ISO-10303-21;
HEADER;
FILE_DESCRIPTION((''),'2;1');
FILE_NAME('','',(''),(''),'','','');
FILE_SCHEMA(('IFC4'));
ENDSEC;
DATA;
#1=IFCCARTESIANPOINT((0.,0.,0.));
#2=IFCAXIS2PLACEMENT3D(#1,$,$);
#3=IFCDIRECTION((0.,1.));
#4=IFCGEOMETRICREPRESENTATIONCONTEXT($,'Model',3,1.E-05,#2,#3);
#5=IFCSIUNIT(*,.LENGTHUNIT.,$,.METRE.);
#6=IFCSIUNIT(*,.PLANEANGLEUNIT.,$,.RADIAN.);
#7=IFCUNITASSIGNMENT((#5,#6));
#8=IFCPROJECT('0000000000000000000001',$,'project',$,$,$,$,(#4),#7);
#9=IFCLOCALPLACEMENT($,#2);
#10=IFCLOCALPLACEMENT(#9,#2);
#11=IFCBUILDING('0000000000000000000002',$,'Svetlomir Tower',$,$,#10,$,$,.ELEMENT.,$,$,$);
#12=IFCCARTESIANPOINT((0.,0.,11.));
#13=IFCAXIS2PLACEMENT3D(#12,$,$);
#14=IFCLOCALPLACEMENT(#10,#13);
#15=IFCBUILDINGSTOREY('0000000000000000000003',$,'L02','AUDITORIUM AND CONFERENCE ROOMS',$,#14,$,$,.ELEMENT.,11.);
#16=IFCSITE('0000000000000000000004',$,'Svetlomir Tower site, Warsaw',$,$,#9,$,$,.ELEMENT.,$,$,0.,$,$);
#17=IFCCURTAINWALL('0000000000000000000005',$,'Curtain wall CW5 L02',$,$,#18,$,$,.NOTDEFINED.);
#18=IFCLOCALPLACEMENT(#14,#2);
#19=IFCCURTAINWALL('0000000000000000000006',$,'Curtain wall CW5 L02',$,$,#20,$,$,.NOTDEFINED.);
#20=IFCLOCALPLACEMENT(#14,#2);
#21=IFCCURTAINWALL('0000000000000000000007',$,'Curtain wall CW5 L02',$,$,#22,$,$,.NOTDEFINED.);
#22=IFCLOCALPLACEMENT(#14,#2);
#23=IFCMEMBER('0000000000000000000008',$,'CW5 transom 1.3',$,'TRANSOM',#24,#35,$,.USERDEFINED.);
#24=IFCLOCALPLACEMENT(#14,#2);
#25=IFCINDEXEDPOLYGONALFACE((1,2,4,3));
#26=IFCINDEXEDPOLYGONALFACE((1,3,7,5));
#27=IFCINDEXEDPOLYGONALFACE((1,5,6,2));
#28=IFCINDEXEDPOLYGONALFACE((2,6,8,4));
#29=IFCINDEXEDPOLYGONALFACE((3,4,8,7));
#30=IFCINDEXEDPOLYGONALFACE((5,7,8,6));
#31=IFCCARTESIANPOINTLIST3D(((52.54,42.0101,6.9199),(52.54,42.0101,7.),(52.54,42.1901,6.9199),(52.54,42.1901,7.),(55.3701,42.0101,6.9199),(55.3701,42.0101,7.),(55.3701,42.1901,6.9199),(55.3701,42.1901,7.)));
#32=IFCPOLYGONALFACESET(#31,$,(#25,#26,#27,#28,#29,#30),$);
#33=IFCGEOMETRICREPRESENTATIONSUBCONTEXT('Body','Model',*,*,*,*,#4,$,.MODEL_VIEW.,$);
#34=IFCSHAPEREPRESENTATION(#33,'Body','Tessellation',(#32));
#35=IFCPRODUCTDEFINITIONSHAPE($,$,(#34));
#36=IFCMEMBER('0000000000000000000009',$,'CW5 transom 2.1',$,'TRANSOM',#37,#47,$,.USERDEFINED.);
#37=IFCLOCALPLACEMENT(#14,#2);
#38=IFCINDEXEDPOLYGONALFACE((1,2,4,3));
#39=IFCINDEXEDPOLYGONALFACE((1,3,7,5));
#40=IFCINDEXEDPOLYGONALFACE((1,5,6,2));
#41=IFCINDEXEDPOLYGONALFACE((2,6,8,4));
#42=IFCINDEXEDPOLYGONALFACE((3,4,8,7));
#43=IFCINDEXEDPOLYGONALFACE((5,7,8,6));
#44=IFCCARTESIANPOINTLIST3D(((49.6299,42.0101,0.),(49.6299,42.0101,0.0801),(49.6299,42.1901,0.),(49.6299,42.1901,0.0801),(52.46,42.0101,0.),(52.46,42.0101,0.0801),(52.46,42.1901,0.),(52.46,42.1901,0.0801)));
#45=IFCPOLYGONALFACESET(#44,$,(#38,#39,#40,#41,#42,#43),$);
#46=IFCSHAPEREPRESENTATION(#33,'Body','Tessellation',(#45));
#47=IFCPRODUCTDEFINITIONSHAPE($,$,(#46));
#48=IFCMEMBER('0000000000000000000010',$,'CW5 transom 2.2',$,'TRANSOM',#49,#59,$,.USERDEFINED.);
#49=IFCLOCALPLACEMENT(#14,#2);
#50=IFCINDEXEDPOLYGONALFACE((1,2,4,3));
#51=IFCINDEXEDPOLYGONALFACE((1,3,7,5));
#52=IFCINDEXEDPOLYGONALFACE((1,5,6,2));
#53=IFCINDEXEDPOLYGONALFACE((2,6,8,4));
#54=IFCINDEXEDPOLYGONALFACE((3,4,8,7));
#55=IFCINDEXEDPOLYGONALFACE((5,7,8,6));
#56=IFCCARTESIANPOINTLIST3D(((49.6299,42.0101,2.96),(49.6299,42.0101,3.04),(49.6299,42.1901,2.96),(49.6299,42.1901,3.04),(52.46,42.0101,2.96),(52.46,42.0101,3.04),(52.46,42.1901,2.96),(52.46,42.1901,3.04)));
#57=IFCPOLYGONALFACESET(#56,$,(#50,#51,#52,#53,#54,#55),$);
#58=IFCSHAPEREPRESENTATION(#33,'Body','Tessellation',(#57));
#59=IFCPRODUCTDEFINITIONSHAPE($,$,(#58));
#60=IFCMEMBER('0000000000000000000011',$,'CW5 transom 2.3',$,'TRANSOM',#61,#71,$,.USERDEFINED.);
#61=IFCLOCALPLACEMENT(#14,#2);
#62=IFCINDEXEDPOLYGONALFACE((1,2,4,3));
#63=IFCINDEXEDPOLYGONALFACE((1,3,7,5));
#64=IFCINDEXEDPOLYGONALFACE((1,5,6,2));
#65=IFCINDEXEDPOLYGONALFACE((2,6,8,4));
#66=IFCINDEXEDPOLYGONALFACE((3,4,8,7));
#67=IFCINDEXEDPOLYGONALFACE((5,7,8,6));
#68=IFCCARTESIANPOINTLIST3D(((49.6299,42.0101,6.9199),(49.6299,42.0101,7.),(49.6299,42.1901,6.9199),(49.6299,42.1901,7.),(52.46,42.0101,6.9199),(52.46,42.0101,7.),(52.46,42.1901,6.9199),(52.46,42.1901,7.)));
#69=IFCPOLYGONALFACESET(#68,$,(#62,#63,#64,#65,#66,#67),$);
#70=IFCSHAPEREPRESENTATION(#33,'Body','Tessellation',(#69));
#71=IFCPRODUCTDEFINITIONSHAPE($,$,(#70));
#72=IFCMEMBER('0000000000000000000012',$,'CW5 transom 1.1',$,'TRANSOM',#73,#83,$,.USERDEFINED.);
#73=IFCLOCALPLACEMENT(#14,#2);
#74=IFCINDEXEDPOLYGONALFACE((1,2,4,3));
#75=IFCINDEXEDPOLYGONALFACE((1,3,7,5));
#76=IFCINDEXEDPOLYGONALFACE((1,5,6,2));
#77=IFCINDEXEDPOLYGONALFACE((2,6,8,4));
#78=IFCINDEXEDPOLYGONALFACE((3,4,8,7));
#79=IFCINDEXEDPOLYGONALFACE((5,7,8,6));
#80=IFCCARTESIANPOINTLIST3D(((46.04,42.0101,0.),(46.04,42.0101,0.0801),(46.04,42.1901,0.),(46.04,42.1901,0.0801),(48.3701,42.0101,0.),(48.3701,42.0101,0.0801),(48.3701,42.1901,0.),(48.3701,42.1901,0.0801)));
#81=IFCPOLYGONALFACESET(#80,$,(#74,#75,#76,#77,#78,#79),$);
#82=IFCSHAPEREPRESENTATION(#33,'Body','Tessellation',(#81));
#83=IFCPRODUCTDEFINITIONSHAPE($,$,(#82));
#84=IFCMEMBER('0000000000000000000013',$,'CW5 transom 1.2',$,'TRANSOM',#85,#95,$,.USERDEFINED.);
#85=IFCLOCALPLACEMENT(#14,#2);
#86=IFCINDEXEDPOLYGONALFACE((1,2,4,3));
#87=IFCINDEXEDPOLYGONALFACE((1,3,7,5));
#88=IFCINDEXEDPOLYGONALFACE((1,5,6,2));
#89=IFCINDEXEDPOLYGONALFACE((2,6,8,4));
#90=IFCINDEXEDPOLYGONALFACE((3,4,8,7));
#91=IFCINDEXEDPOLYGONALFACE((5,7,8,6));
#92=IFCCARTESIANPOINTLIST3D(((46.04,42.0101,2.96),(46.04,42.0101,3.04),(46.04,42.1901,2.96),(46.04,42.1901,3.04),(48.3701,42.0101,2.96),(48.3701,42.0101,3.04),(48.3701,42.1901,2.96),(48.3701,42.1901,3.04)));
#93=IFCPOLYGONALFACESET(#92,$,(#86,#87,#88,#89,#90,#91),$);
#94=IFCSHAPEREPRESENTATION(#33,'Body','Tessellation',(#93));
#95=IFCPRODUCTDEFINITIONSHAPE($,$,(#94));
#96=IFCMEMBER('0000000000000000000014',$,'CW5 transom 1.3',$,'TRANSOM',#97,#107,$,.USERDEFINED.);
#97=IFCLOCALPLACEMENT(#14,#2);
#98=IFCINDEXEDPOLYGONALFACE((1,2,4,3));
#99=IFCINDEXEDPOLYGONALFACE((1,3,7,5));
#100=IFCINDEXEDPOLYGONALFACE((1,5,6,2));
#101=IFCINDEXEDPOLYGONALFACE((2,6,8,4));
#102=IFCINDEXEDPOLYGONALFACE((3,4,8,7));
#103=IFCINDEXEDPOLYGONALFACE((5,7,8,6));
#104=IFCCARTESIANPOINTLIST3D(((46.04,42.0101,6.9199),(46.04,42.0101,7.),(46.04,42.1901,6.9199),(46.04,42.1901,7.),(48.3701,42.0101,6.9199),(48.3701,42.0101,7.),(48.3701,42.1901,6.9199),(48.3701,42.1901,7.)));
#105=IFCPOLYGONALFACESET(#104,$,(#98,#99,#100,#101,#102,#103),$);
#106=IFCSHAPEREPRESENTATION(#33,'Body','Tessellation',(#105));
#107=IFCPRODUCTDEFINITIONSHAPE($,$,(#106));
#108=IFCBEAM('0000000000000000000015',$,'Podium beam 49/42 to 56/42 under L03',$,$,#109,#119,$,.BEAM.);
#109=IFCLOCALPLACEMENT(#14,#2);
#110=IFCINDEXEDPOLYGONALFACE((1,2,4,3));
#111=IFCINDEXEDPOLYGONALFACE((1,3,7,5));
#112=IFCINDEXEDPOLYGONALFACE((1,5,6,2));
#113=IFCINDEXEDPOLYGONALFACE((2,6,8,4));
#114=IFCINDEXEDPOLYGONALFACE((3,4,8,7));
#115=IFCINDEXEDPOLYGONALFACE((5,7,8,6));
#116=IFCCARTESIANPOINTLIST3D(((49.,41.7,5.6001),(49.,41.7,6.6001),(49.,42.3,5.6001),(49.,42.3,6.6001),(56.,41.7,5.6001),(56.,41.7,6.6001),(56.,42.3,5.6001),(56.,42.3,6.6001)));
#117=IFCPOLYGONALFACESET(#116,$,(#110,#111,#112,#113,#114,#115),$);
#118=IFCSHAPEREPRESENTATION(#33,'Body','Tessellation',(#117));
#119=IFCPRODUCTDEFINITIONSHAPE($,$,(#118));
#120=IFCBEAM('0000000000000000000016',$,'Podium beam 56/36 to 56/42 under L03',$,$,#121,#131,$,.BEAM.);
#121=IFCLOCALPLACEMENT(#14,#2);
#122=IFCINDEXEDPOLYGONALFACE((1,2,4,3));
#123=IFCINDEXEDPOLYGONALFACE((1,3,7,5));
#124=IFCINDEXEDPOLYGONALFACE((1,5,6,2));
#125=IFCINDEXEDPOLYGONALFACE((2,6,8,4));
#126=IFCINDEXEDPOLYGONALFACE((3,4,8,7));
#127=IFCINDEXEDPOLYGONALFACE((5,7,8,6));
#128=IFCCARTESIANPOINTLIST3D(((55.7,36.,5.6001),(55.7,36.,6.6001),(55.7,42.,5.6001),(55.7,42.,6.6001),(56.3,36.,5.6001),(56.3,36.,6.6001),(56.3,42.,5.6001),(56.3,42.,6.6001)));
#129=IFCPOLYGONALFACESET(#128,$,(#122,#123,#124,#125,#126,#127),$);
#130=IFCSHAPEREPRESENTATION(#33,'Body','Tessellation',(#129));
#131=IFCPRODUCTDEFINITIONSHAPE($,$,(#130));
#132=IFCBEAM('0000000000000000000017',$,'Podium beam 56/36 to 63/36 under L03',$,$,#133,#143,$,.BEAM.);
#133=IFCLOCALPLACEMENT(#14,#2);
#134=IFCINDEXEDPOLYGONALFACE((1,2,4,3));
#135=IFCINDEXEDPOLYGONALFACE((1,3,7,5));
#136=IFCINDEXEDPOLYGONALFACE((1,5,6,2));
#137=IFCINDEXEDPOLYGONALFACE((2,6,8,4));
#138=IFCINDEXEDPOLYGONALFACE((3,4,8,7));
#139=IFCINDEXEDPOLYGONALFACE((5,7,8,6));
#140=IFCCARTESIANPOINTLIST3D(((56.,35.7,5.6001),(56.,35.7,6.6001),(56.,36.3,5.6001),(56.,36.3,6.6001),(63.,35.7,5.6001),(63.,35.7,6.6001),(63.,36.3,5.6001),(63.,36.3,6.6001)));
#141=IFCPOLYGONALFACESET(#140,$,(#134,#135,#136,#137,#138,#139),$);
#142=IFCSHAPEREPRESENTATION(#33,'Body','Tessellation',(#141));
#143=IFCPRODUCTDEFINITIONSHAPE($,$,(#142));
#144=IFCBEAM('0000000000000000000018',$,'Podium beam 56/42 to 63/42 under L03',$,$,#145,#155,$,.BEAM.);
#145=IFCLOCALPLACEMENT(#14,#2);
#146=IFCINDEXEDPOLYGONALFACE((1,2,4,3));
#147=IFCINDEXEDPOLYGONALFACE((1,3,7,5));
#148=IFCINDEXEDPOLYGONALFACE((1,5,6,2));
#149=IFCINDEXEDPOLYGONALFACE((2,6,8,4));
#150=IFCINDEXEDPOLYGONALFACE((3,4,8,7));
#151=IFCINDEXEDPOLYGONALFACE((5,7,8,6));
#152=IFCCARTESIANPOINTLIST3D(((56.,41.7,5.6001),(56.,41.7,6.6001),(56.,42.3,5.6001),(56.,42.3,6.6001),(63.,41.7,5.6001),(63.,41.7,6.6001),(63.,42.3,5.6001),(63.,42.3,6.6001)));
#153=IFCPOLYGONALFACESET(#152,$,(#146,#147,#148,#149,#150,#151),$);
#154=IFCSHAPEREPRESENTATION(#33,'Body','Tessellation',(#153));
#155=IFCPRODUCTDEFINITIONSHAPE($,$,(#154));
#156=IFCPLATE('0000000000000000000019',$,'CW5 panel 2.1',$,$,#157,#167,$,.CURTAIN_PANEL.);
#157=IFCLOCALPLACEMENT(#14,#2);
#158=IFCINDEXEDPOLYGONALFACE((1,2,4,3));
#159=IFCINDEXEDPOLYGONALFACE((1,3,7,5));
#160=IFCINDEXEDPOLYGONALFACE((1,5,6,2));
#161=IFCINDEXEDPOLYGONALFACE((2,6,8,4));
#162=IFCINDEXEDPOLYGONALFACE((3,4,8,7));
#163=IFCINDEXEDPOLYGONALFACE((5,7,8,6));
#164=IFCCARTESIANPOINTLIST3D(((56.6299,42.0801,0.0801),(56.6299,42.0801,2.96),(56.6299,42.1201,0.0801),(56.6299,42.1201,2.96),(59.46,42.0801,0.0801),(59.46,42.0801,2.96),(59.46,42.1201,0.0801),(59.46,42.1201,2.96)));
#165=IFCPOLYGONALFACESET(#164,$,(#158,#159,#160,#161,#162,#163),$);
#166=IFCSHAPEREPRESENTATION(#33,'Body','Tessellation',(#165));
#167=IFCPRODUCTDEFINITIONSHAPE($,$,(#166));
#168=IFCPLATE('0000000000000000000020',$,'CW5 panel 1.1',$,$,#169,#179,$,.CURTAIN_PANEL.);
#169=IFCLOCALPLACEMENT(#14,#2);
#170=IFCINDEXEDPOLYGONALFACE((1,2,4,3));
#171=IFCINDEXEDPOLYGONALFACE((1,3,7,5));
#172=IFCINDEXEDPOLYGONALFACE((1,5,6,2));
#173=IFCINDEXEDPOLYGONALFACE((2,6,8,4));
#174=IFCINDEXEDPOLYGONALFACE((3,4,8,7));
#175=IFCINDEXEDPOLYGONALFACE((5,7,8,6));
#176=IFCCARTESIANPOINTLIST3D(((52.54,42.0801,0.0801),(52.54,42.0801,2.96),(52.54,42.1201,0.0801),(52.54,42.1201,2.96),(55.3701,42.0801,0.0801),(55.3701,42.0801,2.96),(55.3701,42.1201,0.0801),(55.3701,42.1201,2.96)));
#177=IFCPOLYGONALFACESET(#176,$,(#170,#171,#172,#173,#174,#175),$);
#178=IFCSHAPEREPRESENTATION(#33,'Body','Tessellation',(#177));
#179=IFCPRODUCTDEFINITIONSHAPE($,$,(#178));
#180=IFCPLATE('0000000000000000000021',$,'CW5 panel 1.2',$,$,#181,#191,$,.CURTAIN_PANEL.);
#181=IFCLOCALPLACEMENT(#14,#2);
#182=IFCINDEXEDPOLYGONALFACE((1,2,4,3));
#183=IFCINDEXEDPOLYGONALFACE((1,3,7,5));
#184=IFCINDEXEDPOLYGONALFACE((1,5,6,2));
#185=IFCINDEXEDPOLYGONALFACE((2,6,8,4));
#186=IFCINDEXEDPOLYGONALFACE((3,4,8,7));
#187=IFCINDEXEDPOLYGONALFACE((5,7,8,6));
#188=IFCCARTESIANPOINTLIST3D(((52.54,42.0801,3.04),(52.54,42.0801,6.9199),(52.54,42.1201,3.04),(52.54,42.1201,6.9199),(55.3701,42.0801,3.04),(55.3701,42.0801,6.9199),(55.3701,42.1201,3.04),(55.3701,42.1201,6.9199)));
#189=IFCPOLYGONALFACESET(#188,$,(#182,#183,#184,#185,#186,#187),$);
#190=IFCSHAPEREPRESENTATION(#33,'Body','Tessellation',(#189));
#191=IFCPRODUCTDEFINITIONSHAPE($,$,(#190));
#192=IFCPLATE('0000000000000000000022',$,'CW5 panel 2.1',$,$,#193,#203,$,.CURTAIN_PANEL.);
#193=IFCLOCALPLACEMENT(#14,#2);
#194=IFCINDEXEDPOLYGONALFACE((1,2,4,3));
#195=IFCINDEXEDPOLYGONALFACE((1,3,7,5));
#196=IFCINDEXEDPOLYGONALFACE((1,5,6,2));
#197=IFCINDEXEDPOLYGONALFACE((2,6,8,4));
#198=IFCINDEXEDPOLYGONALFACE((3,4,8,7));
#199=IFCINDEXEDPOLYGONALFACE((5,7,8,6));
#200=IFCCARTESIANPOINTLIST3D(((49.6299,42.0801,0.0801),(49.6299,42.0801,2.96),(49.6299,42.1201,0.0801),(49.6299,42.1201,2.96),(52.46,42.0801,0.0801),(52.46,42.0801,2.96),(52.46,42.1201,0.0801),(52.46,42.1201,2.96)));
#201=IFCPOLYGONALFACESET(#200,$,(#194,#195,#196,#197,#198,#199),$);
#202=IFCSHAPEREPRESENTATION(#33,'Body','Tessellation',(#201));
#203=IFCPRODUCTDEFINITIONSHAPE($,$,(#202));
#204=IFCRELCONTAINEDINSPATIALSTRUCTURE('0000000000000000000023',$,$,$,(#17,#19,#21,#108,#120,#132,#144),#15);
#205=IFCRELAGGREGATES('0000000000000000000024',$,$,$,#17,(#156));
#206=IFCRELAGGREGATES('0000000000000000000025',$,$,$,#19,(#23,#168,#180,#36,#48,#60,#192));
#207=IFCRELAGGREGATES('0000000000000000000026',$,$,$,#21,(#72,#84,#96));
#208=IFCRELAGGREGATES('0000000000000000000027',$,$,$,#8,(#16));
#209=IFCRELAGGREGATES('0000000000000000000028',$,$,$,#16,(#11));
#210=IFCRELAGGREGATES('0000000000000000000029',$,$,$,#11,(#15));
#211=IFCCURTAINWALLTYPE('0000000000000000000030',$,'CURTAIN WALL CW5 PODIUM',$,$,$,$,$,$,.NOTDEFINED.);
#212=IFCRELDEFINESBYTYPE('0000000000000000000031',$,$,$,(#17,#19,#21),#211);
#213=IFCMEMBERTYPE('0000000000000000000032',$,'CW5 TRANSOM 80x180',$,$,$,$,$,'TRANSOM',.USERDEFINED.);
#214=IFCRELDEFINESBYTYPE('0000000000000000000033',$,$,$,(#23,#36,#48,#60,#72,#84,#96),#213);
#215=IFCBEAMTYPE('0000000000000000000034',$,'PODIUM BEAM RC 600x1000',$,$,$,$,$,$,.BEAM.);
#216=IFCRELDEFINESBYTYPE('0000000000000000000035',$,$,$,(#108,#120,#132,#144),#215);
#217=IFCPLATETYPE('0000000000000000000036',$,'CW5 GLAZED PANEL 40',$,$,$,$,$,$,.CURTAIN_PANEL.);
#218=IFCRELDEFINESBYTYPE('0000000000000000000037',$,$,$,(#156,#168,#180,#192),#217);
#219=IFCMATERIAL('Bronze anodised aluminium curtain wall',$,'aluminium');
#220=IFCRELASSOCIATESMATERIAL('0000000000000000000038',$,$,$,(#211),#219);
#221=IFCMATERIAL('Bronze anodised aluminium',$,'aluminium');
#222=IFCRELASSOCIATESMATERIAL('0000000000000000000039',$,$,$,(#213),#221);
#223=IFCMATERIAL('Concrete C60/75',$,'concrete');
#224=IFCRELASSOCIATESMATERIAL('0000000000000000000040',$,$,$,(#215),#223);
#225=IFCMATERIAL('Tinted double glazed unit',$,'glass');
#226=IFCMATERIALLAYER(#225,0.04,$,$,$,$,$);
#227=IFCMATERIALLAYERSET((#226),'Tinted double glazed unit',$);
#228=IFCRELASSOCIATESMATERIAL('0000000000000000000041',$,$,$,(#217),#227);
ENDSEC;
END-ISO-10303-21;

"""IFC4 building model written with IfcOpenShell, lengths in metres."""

from ifc_helpers import new_model, si_unit, direction, frame, origin, origin_2d, place, context, subcontext, project, spatial, rectangle, extrude, material, layer, layer_set, material_profile, profile_set, type_object, element, aggregate, save


model = new_model("IFC4")

# Units and contexts
model_context = context("Model", 3, precision=1e-05, world=origin(), true_north=direction((0.0, 1.0)))
body_context = subcontext(model_context, "Body", "Model", "MODEL_VIEW")
ifc_project = project(units=[si_unit("LENGTHUNIT", "METRE"), si_unit("PLANEANGLEUNIT", "RADIAN")], contexts=[model_context])

# Site, building, storey
site_placement = place(None, origin())
site = spatial("IfcSite", under=ifc_project, at=site_placement, Name="Svetlomir Tower site, Warsaw", CompositionType="ELEMENT", RefElevation=0.0)
building_placement = place(site_placement, origin())
building = spatial("IfcBuilding", under=site, at=building_placement, Name="Svetlomir Tower", CompositionType="ELEMENT")
storey_placement = place(building_placement, frame((0.0, 0.0, 11.0)))
storey = spatial("IfcBuildingStorey", under=building, at=storey_placement, Name="L02", Description="AUDITORIUM AND CONFERENCE ROOMS", CompositionType="ELEMENT", Elevation=11.0)

# Curtain wall
ifc_material_1 = material(Name="Bronze anodised aluminium curtain wall", Category="aluminium")
curtain_wall_type = type_object("IfcCurtainWallType", Name="CURTAIN WALL CW5 PODIUM", PredefinedType="NOTDEFINED", material=ifc_material_1)
curtain_wall_1_placement = place(storey_placement, origin())
curtain_wall_1 = element("IfcCurtainWall", 1, at=curtain_wall_1_placement, inside=storey, type_object=curtain_wall_type, Name="Curtain wall CW5 L02", PredefinedType="NOTDEFINED")

# Curtain wall
curtain_wall_2_placement = place(storey_placement, origin())
curtain_wall_2 = element("IfcCurtainWall", 2, at=curtain_wall_2_placement, inside=storey, type_object=curtain_wall_type, Name="Curtain wall CW5 L02", PredefinedType="NOTDEFINED")

# Curtain wall
curtain_wall_3_placement = place(storey_placement, origin())
curtain_wall_3 = element("IfcCurtainWall", 3, at=curtain_wall_3_placement, inside=storey, type_object=curtain_wall_type, Name="Curtain wall CW5 L02", PredefinedType="NOTDEFINED")

# Members
ifc_material_2 = material(Name="Bronze anodised aluminium", Category="aluminium")
ifc_material_profile_1 = material_profile(ifc_material_2, rectangle(XDim=0.1799, YDim=0.0801, at=origin_2d()), Name="AL 180x80")
ifc_profile_set_1 = profile_set([ifc_material_profile_1], Name="Bronze anodised aluminium 6063-T6")
member_type_1 = type_object("IfcMemberType", Name="CW5 TRANSOM 80x180", ElementType="TRANSOM", PredefinedType="USERDEFINED", material=ifc_profile_set_1)
member_1_placement = place(storey_placement, frame((55.3701, 42.1001, 6.96), z_axis=(-1.0, 0.0, 0.0), x_axis=(0.0, -1.0, 0.0)))
member_1 = element("IfcMember", 4, at=member_1_placement, type_object=member_type_1, Name="CW5 transom 1.3", ObjectType="TRANSOM", PredefinedType="USERDEFINED", context=body_context, shape_type="SweptSolid", body=[
    extrude(rectangle(XDim=0.1799, YDim=0.0801, at=origin_2d()), origin(), (0.0, 0.0, 1.0), 2.8301),
])
member_2_placement = place(storey_placement, frame((52.46, 42.1001, 0.04), z_axis=(-1.0, 0.0, 0.0), x_axis=(0.0, -1.0, 0.0)))
member_2 = element("IfcMember", 5, at=member_2_placement, type_object=member_type_1, Name="CW5 transom 2.1", ObjectType="TRANSOM", PredefinedType="USERDEFINED", context=body_context, shape_type="SweptSolid", body=[
    extrude(rectangle(XDim=0.1799, YDim=0.0801, at=origin_2d()), origin(), (0.0, 0.0, 1.0), 2.8301),
])
member_3_placement = place(storey_placement, frame((52.46, 42.1001, 3.0), z_axis=(-1.0, 0.0, 0.0), x_axis=(0.0, -1.0, 0.0)))
member_3 = element("IfcMember", 6, at=member_3_placement, type_object=member_type_1, Name="CW5 transom 2.2", ObjectType="TRANSOM", PredefinedType="USERDEFINED", context=body_context, shape_type="SweptSolid", body=[
    extrude(rectangle(XDim=0.1799, YDim=0.0801, at=origin_2d()), origin(), (0.0, 0.0, 1.0), 2.8301),
])
member_4_placement = place(storey_placement, frame((52.46, 42.1001, 6.96), z_axis=(-1.0, 0.0, 0.0), x_axis=(0.0, -1.0, 0.0)))
member_4 = element("IfcMember", 7, at=member_4_placement, type_object=member_type_1, Name="CW5 transom 2.3", ObjectType="TRANSOM", PredefinedType="USERDEFINED", context=body_context, shape_type="SweptSolid", body=[
    extrude(rectangle(XDim=0.1799, YDim=0.0801, at=origin_2d()), origin(), (0.0, 0.0, 1.0), 2.8301),
])
member_5_placement = place(storey_placement, frame((48.3701, 42.1001, 0.04), z_axis=(-1.0, 0.0, 0.0), x_axis=(0.0, -1.0, 0.0)))
member_5 = element("IfcMember", 8, at=member_5_placement, type_object=member_type_1, Name="CW5 transom 1.1", ObjectType="TRANSOM", PredefinedType="USERDEFINED", context=body_context, shape_type="SweptSolid", body=[
    extrude(rectangle(XDim=0.1799, YDim=0.0801, at=origin_2d()), origin(), (0.0, 0.0, 1.0), 2.3301),
])
member_6_placement = place(storey_placement, frame((48.3701, 42.1001, 3.0), z_axis=(-1.0, 0.0, 0.0), x_axis=(0.0, -1.0, 0.0)))
member_6 = element("IfcMember", 9, at=member_6_placement, type_object=member_type_1, Name="CW5 transom 1.2", ObjectType="TRANSOM", PredefinedType="USERDEFINED", context=body_context, shape_type="SweptSolid", body=[
    extrude(rectangle(XDim=0.1799, YDim=0.0801, at=origin_2d()), origin(), (0.0, 0.0, 1.0), 2.3301),
])
member_7_placement = place(storey_placement, frame((48.3701, 42.1001, 6.96), z_axis=(-1.0, 0.0, 0.0), x_axis=(0.0, -1.0, 0.0)))
member_7 = element("IfcMember", 10, at=member_7_placement, type_object=member_type_1, Name="CW5 transom 1.3", ObjectType="TRANSOM", PredefinedType="USERDEFINED", context=body_context, shape_type="SweptSolid", body=[
    extrude(rectangle(XDim=0.1799, YDim=0.0801, at=origin_2d()), origin(), (0.0, 0.0, 1.0), 2.3301),
])

# Beams
ifc_material_3 = material(Name="Concrete C60/75", Category="concrete")
ifc_material_profile_2 = material_profile(ifc_material_3, rectangle(XDim=0.6001, YDim=1.0, at=origin_2d()), Name="RC 600x1000")
ifc_profile_set_2 = profile_set([ifc_material_profile_2], Name="Concrete C60/75")
beam_type = type_object("IfcBeamType", Name="PODIUM BEAM RC 600x1000", PredefinedType="BEAM", material=ifc_profile_set_2)
beam_1_placement = place(storey_placement, frame((49.0, 42.0, 6.1001), z_axis=(1.0, 0.0, 0.0), x_axis=(0.0, 1.0, 0.0)))
element("IfcBeam", 11, at=beam_1_placement, inside=storey, type_object=beam_type, Name="Podium beam 49/42 to 56/42 under L03", PredefinedType="BEAM", context=body_context, shape_type="SweptSolid", body=[
    extrude(rectangle(XDim=0.6001, YDim=1.0, at=origin_2d()), origin(), (0.0, 0.0, 1.0), 7.0),
])
beam_2_placement = place(storey_placement, frame((56.0, 36.0, 6.1001), z_axis=(0.0, 1.0, 0.0), x_axis=(-1.0, 0.0, 0.0)))
element("IfcBeam", 12, at=beam_2_placement, inside=storey, type_object=beam_type, Name="Podium beam 56/36 to 56/42 under L03", PredefinedType="BEAM", context=body_context, shape_type="SweptSolid", body=[
    extrude(rectangle(XDim=0.6001, YDim=1.0, at=origin_2d()), origin(), (0.0, 0.0, 1.0), 6.0),
])
for number, where, z_axis, x_axis, name in (
    (13, (56.0, 36.0, 6.1001), (1.0, 0.0, 0.0), (0.0, 1.0, 0.0), "Podium beam 56/36 to 63/36 under L03"),
    (14, (56.0, 42.0, 6.1001), (1.0, 0.0, 0.0), (0.0, 1.0, 0.0), "Podium beam 56/42 to 63/42 under L03"),
):
    element("IfcBeam", number, at=place(storey_placement, frame(where, z_axis=z_axis, x_axis=x_axis)), inside=storey, type_object=beam_type, Name=name, PredefinedType="BEAM", context=body_context, shape_type="SweptSolid", body=[
        extrude(rectangle(XDim=0.6001, YDim=1.0, at=origin_2d()), origin(), (0.0, 0.0, 1.0), 7.0),
    ])

# Plates
ifc_material_4 = material(Name="Tinted double glazed unit", Category="glass")
ifc_layer = layer(ifc_material_4, 0.04)
ifc_layer_set = layer_set([ifc_layer], Name="Tinted double glazed unit")
plate_type = type_object("IfcPlateType", Name="CW5 GLAZED PANEL 40", PredefinedType="CURTAIN_PANEL", material=ifc_layer_set)
plate_1_placement = place(storey_placement, frame((58.0449, 42.1001, 0.0801), z_axis=(0.0, 0.0, 1.0), x_axis=(-1.0, 0.0, 0.0)))
plate_1 = element("IfcPlate", 15, at=plate_1_placement, type_object=plate_type, Name="CW5 panel 2.1", PredefinedType="CURTAIN_PANEL", context=body_context, shape_type="SweptSolid", body=[
    extrude(rectangle(XDim=2.8301, YDim=0.04, at=origin_2d()), origin(), (0.0, 0.0, 1.0), 2.8799),
])
aggregate(curtain_wall_1, [plate_1])
plate_2_placement = place(storey_placement, frame((53.9551, 42.1001, 0.0801), z_axis=(0.0, 0.0, 1.0), x_axis=(-1.0, 0.0, 0.0)))
plate_2 = element("IfcPlate", 16, at=plate_2_placement, type_object=plate_type, Name="CW5 panel 1.1", PredefinedType="CURTAIN_PANEL", context=body_context, shape_type="SweptSolid", body=[
    extrude(rectangle(XDim=2.8301, YDim=0.04, at=origin_2d()), origin(), (0.0, 0.0, 1.0), 2.8799),
])
plate_3_placement = place(storey_placement, frame((53.9551, 42.1001, 3.04), z_axis=(0.0, 0.0, 1.0), x_axis=(-1.0, 0.0, 0.0)))
plate_3 = element("IfcPlate", 17, at=plate_3_placement, type_object=plate_type, Name="CW5 panel 1.2", PredefinedType="CURTAIN_PANEL", context=body_context, shape_type="SweptSolid", body=[
    extrude(rectangle(XDim=2.8301, YDim=0.04, at=origin_2d()), origin(), (0.0, 0.0, 1.0), 3.8799),
])
plate_4_placement = place(storey_placement, frame((51.0449, 42.1001, 0.0801), z_axis=(0.0, 0.0, 1.0), x_axis=(-1.0, 0.0, 0.0)))
plate_4 = element("IfcPlate", 18, at=plate_4_placement, type_object=plate_type, Name="CW5 panel 2.1", PredefinedType="CURTAIN_PANEL", context=body_context, shape_type="SweptSolid", body=[
    extrude(rectangle(XDim=2.8301, YDim=0.04, at=origin_2d()), origin(), (0.0, 0.0, 1.0), 2.8799),
])
aggregate(curtain_wall_2, [member_1, plate_2, plate_3, member_2, member_3, member_4, plate_4])
aggregate(curtain_wall_3, [member_5, member_6, member_7])

save(model, "model.ifc")
